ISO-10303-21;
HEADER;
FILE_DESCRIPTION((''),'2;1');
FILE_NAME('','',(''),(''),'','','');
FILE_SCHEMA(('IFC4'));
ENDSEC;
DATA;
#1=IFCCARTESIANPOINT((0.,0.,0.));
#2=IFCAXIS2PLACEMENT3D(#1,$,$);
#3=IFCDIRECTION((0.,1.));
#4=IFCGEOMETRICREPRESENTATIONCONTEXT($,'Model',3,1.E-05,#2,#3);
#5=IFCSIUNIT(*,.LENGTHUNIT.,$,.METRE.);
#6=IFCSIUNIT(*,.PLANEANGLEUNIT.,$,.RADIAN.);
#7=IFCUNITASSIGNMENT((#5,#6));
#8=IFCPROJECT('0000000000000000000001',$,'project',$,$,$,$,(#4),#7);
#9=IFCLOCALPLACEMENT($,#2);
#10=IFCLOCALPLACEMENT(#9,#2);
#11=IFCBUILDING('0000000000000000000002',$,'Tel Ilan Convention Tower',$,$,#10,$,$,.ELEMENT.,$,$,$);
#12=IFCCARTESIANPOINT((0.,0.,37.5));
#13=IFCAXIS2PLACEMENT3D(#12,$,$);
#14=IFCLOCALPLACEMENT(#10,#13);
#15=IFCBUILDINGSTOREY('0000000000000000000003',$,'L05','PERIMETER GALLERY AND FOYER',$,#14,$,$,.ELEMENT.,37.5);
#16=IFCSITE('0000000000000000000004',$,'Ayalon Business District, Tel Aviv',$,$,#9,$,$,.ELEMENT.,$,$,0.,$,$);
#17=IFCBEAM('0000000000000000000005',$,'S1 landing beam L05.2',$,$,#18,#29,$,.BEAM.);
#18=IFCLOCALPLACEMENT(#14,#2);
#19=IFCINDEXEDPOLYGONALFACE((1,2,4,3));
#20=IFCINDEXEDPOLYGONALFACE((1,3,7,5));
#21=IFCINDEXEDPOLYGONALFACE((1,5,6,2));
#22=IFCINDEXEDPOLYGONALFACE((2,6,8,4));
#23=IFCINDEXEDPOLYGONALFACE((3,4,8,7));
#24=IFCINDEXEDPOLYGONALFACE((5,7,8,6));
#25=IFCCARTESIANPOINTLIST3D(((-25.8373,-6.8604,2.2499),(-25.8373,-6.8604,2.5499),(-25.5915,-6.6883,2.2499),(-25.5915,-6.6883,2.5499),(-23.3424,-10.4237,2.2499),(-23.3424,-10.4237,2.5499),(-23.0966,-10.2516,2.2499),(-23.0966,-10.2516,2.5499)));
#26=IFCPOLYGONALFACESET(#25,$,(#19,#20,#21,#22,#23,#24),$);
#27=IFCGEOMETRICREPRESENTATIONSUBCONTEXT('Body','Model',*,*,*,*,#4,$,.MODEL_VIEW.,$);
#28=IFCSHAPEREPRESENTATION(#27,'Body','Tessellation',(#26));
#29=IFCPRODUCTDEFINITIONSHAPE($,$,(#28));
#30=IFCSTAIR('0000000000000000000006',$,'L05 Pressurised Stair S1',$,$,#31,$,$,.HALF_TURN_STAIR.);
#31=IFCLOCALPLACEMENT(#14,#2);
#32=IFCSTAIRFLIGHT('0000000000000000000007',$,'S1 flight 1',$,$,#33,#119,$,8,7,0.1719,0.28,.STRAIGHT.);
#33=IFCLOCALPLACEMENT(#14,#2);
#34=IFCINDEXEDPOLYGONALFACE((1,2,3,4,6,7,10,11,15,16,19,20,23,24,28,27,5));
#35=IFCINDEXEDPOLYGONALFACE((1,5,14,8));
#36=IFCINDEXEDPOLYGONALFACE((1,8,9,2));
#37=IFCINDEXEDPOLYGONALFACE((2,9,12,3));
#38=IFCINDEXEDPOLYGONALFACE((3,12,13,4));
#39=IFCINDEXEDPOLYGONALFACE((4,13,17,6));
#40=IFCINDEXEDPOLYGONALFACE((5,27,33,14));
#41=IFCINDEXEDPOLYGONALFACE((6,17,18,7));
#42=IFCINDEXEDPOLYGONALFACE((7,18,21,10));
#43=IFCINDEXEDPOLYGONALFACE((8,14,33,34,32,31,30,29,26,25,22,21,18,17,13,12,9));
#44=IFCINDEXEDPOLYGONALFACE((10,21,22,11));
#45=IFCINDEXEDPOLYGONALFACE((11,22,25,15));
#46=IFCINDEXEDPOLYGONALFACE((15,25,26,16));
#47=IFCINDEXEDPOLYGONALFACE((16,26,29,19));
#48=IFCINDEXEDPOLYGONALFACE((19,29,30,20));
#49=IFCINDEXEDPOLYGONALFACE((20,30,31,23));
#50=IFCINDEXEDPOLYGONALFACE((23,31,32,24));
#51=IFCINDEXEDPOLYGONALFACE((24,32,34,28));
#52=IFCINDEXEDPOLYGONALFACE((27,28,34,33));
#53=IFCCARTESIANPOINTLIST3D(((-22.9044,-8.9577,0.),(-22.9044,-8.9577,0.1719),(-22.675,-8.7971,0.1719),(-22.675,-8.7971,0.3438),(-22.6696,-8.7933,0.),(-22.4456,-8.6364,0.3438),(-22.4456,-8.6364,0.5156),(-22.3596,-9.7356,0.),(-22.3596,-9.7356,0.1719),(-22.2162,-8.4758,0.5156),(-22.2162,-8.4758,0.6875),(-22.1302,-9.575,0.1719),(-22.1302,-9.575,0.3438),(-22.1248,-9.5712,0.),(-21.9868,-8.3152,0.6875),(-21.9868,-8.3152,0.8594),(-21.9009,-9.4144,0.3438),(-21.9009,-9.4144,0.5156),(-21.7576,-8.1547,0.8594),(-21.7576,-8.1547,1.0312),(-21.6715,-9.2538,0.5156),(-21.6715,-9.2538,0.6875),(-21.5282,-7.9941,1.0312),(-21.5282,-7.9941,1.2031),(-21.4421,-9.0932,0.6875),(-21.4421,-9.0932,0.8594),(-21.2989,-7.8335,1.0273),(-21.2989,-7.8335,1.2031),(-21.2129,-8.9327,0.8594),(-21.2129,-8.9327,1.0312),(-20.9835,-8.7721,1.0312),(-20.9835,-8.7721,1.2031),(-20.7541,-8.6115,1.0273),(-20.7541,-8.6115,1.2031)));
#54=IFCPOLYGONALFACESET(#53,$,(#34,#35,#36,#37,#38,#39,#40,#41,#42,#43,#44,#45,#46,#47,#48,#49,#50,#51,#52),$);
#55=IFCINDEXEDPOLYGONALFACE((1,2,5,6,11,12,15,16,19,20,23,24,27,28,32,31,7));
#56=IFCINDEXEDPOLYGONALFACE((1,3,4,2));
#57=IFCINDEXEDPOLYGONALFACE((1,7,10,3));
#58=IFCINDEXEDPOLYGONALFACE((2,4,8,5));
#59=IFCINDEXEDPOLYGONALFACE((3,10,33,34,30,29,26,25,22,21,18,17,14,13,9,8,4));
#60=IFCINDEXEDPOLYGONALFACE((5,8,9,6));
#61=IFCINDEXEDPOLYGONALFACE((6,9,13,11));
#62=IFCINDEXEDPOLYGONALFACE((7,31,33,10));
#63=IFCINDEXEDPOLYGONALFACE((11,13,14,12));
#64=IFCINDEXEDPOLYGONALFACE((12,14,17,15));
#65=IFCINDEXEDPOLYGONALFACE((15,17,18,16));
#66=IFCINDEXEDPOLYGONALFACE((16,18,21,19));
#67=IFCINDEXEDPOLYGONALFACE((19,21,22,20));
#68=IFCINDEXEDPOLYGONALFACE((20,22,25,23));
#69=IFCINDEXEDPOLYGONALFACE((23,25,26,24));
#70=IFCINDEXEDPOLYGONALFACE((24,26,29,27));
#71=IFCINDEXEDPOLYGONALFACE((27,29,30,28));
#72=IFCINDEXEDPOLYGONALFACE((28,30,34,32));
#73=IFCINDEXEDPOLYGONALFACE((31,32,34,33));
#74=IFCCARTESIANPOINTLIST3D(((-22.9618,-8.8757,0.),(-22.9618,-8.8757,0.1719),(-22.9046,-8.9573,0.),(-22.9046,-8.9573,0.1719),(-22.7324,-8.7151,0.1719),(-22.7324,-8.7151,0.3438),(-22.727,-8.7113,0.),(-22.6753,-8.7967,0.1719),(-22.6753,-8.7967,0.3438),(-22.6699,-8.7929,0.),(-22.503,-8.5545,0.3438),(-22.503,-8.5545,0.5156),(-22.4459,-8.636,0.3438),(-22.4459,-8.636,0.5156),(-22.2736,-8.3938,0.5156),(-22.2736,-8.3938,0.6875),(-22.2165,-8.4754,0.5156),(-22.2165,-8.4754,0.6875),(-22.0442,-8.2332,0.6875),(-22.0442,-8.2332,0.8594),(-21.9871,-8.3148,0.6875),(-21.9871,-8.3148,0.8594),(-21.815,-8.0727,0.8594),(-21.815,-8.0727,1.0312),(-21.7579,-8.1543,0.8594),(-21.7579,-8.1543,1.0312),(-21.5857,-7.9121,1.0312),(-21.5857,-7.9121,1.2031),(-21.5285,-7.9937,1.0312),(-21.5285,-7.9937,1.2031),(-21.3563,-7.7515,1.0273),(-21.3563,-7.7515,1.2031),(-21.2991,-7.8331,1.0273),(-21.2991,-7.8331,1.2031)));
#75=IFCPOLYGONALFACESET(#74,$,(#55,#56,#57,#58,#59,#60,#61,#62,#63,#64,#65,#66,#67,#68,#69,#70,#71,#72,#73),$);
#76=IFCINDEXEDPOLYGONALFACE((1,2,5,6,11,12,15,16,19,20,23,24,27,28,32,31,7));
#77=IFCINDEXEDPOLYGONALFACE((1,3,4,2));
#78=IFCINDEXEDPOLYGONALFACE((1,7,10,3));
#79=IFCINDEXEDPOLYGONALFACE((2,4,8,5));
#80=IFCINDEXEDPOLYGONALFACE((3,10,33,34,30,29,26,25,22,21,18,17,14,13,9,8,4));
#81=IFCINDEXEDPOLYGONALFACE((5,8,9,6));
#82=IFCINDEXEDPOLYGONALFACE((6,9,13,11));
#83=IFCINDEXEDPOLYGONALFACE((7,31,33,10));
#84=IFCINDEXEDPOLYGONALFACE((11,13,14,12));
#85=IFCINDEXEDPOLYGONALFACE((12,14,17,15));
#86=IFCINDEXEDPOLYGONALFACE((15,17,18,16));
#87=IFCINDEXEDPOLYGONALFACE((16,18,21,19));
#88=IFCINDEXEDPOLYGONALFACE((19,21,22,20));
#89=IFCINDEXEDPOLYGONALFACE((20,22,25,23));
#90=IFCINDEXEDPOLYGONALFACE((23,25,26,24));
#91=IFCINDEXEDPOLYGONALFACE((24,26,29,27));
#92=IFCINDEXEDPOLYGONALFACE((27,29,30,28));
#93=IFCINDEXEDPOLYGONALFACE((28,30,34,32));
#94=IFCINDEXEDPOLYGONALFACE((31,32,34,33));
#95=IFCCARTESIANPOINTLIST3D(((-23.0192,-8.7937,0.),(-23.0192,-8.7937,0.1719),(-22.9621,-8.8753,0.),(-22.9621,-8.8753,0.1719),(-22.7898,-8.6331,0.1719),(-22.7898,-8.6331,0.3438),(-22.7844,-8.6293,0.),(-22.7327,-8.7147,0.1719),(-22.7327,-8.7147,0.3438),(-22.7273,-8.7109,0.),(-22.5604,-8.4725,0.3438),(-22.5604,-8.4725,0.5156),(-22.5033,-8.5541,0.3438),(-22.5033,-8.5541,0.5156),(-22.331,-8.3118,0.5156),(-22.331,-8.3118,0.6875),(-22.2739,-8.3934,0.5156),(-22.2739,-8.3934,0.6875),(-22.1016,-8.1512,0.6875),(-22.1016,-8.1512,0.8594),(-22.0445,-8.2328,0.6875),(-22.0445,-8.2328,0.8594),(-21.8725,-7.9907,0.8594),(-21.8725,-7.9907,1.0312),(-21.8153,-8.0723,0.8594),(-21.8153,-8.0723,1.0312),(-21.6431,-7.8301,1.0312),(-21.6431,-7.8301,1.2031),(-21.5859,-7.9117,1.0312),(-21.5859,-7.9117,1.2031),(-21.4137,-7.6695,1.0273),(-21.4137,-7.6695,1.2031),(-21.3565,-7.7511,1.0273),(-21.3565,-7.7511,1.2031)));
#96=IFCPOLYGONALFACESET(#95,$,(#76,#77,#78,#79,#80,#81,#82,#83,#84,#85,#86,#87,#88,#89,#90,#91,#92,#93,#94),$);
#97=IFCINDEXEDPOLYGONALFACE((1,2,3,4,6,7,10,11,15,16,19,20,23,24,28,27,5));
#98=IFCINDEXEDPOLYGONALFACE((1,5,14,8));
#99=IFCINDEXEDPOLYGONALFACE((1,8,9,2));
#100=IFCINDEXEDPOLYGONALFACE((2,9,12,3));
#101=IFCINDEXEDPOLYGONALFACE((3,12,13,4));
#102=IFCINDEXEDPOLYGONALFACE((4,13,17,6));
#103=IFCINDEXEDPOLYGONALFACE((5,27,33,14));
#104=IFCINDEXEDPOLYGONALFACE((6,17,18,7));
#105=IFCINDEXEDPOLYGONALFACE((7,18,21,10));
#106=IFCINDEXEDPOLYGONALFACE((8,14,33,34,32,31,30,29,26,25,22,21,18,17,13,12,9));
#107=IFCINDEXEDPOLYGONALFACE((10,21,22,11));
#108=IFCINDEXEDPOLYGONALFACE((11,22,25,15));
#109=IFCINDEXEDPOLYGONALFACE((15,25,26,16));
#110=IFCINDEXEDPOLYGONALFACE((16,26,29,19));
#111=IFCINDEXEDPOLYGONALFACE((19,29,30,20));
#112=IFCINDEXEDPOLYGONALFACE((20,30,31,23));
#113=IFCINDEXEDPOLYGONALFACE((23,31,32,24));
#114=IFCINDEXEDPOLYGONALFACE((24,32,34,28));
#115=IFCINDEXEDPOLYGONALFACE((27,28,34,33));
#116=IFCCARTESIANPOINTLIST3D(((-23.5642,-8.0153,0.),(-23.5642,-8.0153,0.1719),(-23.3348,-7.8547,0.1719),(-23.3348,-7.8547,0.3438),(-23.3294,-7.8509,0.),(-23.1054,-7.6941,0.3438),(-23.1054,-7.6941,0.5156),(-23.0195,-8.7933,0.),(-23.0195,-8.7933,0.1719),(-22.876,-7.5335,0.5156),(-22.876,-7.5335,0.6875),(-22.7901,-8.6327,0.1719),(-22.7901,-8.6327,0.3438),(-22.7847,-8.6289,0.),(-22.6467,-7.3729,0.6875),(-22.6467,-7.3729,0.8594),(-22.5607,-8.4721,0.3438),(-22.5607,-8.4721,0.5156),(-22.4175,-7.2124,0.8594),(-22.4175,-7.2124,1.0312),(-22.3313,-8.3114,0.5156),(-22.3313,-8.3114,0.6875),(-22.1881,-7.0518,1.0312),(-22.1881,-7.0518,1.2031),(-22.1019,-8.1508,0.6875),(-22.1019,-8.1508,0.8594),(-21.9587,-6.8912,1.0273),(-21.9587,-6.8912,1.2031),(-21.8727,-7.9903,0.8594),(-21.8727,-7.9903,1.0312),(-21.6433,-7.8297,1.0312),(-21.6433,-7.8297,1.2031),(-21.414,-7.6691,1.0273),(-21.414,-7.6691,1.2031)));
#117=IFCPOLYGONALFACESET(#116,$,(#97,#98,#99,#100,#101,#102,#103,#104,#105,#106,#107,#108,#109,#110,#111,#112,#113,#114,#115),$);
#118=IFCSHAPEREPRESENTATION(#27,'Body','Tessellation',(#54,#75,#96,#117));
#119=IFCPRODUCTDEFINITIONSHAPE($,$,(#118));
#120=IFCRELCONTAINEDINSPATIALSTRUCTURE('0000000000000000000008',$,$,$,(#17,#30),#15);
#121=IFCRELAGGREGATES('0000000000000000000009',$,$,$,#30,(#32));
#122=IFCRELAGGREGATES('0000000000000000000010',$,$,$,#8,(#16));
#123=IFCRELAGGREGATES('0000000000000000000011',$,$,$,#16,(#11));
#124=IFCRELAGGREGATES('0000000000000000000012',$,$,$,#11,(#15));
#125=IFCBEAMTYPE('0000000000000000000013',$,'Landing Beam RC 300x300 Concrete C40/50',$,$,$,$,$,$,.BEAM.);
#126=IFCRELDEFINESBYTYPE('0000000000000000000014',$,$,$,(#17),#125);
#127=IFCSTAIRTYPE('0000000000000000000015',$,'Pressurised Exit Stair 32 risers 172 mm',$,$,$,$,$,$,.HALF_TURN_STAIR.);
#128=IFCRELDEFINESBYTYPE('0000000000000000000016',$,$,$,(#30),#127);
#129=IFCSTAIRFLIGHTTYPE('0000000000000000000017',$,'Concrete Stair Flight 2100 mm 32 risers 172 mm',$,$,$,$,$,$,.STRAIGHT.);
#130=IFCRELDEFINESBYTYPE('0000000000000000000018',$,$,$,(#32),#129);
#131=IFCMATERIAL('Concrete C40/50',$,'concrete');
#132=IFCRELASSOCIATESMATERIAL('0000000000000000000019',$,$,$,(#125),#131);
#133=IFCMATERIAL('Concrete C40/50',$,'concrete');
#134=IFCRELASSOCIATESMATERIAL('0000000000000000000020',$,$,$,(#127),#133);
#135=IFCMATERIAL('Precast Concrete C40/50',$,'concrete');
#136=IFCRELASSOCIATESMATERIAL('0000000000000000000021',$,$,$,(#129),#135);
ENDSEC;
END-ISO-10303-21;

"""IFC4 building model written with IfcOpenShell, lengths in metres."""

from ifc_helpers import new_model, si_unit, direction, frame, origin, origin_2d, place, context, subcontext, project, spatial, polyline, rectangle, outline, extrude, material, material_profile, profile_set, type_object, element, aggregate, save


model = new_model("IFC4")

# Units and contexts
model_context = context("Model", 3, precision=1e-05, world=origin(), true_north=direction((0.0, 1.0)))
body_context = subcontext(model_context, "Body", "Model", "MODEL_VIEW")
ifc_project = project(units=[si_unit("LENGTHUNIT", "METRE"), si_unit("PLANEANGLEUNIT", "RADIAN")], contexts=[model_context])

# Site, building, storey
site_placement = place(None, origin())
site = spatial("IfcSite", under=ifc_project, at=site_placement, Name="Ayalon Business District, Tel Aviv", CompositionType="ELEMENT", RefElevation=0.0)
building_placement = place(site_placement, origin())
building = spatial("IfcBuilding", under=site, at=building_placement, Name="Tel Ilan Convention Tower", CompositionType="ELEMENT")
storey_placement = place(building_placement, frame((0.0, 0.0, 37.5)))
storey = spatial("IfcBuildingStorey", under=building, at=storey_placement, Name="L05", Description="PERIMETER GALLERY AND FOYER", CompositionType="ELEMENT", Elevation=37.5)

# Beam
ifc_material_1 = material(Name="Concrete C40/50", Category="concrete")
ifc_material_profile = material_profile(ifc_material_1, rectangle(XDim=0.3, YDim=0.3, at=origin_2d()), Name="RC 300x300")
ifc_profile_set = profile_set([ifc_material_profile], Name="Concrete C40/50")
beam_type = type_object("IfcBeamType", Name="Landing Beam RC 300x300 Concrete C40/50", PredefinedType="BEAM", material=ifc_profile_set)
beam_placement = place(storey_placement, frame((-23.2195, -10.3376, 2.3999), z_axis=(-0.573557, 0.819166, 0.0), x_axis=(-0.819166, -0.573557, 0.0)))
element("IfcBeam", 1, at=beam_placement, inside=storey, type_object=beam_type, Name="S1 landing beam L05.2", PredefinedType="BEAM", context=body_context, shape_type="SweptSolid", body=[
    extrude(rectangle(XDim=0.3, YDim=0.3, at=origin_2d()), origin(), (0.0, 0.0, 1.0), 4.3499),
])

# Stair, stair flight
ifc_material_2 = material(Name="Concrete C40/50", Category="concrete")
stair_type = type_object("IfcStairType", Name="Pressurised Exit Stair 32 risers 172 mm", PredefinedType="HALF_TURN_STAIR", material=ifc_material_2)
stair_placement = place(storey_placement, origin())
stair = element("IfcStair", 2, at=stair_placement, inside=storey, type_object=stair_type, Name="L05 Pressurised Stair S1", PredefinedType="HALF_TURN_STAIR")
ifc_material_3 = material(Name="Precast Concrete C40/50", Category="concrete")
stair_flight_type = type_object("IfcStairFlightType", Name="Concrete Stair Flight 2100 mm 32 risers 172 mm", PredefinedType="STRAIGHT", material=ifc_material_3)
stair_flight_placement = place(storey_placement, frame((-22.9619, -8.8755, 0.0), z_axis=(0.0, 0.0, 1.0), x_axis=(0.819152, 0.573576, 0.0)))
stair_flight = element("IfcStairFlight", 3, at=stair_flight_placement, type_object=stair_flight_type, Name="S1 flight 1", NumberOfRisers=8, NumberOfTreads=7, PredefinedType="STRAIGHT", RiserHeight=0.1719, TreadLength=0.28, context=body_context, shape_type="SweptSolid", body=[
    extrude(outline(polyline([(0.0, 0.0), (0.0, 0.1719), (0.28, 0.1719), (0.28, 0.3438), (0.5601, 0.3438), (0.5601, 0.5156), (0.8401, 0.5156), (0.8401, 0.6875), (1.1201, 0.6875), (1.1201, 0.8594), (1.3999, 0.8594), (1.3999, 1.0312), (1.6799, 1.0312), (1.6799, 1.2031), (1.96, 1.2031), (1.96, 1.375), (1.96, 1.0273), (0.2866, 0.0), (0.0, 0.0)])), frame((0.0, -0.1003, 0.0), z_axis=(0.0, -1.0, 0.0), x_axis=(1.0, 0.0, 0.0)), (0.0, 0.0, 1.0), 0.9497),
    extrude(outline(polyline([(0.0, 0.0), (0.0, 0.1719), (0.28, 0.1719), (0.28, 0.3438), (0.5601, 0.3438), (0.5601, 0.5156), (0.8401, 0.5156), (0.8401, 0.6875), (1.1201, 0.6875), (1.1201, 0.8594), (1.3999, 0.8594), (1.3999, 1.0312), (1.6799, 1.0312), (1.6799, 1.2031), (1.96, 1.2031), (1.96, 1.375), (1.96, 1.0273), (0.2866, 0.0), (0.0, 0.0)])), frame((0.0, -0.0002, 0.0), z_axis=(0.0, -1.0, 0.0), x_axis=(1.0, 0.0, 0.0)), (0.0, 0.0, 1.0), 0.0996),
    extrude(outline(polyline([(0.0, 0.0), (0.0, 0.1719), (0.28, 0.1719), (0.28, 0.3438), (0.5601, 0.3438), (0.5601, 0.5156), (0.8401, 0.5156), (0.8401, 0.6875), (1.1201, 0.6875), (1.1201, 0.8594), (1.3999, 0.8594), (1.3999, 1.0312), (1.6799, 1.0312), (1.6799, 1.2031), (1.96, 1.2031), (1.96, 1.375), (1.96, 1.0273), (0.2866, 0.0), (0.0, 0.0)])), frame((0.0, 0.0999, 0.0), z_axis=(0.0, -1.0, 0.0), x_axis=(1.0, 0.0, 0.0)), (0.0, 0.0, 1.0), 0.0996),
    extrude(outline(polyline([(0.0, 0.0), (0.0, 0.1719), (0.28, 0.1719), (0.28, 0.3438), (0.5601, 0.3438), (0.5601, 0.5156), (0.8401, 0.5156), (0.8401, 0.6875), (1.1201, 0.6875), (1.1201, 0.8594), (1.3999, 0.8594), (1.3999, 1.0312), (1.6799, 1.0312), (1.6799, 1.2031), (1.96, 1.2031), (1.96, 1.375), (1.96, 1.0273), (0.2866, 0.0), (0.0, 0.0)])), frame((0.0, 1.05, 0.0), z_axis=(0.0, -1.0, 0.0), x_axis=(1.0, 0.0, 0.0)), (0.0, 0.0, 1.0), 0.9497),
])
aggregate(stair, [stair_flight])

save(model, "model.ifc")
